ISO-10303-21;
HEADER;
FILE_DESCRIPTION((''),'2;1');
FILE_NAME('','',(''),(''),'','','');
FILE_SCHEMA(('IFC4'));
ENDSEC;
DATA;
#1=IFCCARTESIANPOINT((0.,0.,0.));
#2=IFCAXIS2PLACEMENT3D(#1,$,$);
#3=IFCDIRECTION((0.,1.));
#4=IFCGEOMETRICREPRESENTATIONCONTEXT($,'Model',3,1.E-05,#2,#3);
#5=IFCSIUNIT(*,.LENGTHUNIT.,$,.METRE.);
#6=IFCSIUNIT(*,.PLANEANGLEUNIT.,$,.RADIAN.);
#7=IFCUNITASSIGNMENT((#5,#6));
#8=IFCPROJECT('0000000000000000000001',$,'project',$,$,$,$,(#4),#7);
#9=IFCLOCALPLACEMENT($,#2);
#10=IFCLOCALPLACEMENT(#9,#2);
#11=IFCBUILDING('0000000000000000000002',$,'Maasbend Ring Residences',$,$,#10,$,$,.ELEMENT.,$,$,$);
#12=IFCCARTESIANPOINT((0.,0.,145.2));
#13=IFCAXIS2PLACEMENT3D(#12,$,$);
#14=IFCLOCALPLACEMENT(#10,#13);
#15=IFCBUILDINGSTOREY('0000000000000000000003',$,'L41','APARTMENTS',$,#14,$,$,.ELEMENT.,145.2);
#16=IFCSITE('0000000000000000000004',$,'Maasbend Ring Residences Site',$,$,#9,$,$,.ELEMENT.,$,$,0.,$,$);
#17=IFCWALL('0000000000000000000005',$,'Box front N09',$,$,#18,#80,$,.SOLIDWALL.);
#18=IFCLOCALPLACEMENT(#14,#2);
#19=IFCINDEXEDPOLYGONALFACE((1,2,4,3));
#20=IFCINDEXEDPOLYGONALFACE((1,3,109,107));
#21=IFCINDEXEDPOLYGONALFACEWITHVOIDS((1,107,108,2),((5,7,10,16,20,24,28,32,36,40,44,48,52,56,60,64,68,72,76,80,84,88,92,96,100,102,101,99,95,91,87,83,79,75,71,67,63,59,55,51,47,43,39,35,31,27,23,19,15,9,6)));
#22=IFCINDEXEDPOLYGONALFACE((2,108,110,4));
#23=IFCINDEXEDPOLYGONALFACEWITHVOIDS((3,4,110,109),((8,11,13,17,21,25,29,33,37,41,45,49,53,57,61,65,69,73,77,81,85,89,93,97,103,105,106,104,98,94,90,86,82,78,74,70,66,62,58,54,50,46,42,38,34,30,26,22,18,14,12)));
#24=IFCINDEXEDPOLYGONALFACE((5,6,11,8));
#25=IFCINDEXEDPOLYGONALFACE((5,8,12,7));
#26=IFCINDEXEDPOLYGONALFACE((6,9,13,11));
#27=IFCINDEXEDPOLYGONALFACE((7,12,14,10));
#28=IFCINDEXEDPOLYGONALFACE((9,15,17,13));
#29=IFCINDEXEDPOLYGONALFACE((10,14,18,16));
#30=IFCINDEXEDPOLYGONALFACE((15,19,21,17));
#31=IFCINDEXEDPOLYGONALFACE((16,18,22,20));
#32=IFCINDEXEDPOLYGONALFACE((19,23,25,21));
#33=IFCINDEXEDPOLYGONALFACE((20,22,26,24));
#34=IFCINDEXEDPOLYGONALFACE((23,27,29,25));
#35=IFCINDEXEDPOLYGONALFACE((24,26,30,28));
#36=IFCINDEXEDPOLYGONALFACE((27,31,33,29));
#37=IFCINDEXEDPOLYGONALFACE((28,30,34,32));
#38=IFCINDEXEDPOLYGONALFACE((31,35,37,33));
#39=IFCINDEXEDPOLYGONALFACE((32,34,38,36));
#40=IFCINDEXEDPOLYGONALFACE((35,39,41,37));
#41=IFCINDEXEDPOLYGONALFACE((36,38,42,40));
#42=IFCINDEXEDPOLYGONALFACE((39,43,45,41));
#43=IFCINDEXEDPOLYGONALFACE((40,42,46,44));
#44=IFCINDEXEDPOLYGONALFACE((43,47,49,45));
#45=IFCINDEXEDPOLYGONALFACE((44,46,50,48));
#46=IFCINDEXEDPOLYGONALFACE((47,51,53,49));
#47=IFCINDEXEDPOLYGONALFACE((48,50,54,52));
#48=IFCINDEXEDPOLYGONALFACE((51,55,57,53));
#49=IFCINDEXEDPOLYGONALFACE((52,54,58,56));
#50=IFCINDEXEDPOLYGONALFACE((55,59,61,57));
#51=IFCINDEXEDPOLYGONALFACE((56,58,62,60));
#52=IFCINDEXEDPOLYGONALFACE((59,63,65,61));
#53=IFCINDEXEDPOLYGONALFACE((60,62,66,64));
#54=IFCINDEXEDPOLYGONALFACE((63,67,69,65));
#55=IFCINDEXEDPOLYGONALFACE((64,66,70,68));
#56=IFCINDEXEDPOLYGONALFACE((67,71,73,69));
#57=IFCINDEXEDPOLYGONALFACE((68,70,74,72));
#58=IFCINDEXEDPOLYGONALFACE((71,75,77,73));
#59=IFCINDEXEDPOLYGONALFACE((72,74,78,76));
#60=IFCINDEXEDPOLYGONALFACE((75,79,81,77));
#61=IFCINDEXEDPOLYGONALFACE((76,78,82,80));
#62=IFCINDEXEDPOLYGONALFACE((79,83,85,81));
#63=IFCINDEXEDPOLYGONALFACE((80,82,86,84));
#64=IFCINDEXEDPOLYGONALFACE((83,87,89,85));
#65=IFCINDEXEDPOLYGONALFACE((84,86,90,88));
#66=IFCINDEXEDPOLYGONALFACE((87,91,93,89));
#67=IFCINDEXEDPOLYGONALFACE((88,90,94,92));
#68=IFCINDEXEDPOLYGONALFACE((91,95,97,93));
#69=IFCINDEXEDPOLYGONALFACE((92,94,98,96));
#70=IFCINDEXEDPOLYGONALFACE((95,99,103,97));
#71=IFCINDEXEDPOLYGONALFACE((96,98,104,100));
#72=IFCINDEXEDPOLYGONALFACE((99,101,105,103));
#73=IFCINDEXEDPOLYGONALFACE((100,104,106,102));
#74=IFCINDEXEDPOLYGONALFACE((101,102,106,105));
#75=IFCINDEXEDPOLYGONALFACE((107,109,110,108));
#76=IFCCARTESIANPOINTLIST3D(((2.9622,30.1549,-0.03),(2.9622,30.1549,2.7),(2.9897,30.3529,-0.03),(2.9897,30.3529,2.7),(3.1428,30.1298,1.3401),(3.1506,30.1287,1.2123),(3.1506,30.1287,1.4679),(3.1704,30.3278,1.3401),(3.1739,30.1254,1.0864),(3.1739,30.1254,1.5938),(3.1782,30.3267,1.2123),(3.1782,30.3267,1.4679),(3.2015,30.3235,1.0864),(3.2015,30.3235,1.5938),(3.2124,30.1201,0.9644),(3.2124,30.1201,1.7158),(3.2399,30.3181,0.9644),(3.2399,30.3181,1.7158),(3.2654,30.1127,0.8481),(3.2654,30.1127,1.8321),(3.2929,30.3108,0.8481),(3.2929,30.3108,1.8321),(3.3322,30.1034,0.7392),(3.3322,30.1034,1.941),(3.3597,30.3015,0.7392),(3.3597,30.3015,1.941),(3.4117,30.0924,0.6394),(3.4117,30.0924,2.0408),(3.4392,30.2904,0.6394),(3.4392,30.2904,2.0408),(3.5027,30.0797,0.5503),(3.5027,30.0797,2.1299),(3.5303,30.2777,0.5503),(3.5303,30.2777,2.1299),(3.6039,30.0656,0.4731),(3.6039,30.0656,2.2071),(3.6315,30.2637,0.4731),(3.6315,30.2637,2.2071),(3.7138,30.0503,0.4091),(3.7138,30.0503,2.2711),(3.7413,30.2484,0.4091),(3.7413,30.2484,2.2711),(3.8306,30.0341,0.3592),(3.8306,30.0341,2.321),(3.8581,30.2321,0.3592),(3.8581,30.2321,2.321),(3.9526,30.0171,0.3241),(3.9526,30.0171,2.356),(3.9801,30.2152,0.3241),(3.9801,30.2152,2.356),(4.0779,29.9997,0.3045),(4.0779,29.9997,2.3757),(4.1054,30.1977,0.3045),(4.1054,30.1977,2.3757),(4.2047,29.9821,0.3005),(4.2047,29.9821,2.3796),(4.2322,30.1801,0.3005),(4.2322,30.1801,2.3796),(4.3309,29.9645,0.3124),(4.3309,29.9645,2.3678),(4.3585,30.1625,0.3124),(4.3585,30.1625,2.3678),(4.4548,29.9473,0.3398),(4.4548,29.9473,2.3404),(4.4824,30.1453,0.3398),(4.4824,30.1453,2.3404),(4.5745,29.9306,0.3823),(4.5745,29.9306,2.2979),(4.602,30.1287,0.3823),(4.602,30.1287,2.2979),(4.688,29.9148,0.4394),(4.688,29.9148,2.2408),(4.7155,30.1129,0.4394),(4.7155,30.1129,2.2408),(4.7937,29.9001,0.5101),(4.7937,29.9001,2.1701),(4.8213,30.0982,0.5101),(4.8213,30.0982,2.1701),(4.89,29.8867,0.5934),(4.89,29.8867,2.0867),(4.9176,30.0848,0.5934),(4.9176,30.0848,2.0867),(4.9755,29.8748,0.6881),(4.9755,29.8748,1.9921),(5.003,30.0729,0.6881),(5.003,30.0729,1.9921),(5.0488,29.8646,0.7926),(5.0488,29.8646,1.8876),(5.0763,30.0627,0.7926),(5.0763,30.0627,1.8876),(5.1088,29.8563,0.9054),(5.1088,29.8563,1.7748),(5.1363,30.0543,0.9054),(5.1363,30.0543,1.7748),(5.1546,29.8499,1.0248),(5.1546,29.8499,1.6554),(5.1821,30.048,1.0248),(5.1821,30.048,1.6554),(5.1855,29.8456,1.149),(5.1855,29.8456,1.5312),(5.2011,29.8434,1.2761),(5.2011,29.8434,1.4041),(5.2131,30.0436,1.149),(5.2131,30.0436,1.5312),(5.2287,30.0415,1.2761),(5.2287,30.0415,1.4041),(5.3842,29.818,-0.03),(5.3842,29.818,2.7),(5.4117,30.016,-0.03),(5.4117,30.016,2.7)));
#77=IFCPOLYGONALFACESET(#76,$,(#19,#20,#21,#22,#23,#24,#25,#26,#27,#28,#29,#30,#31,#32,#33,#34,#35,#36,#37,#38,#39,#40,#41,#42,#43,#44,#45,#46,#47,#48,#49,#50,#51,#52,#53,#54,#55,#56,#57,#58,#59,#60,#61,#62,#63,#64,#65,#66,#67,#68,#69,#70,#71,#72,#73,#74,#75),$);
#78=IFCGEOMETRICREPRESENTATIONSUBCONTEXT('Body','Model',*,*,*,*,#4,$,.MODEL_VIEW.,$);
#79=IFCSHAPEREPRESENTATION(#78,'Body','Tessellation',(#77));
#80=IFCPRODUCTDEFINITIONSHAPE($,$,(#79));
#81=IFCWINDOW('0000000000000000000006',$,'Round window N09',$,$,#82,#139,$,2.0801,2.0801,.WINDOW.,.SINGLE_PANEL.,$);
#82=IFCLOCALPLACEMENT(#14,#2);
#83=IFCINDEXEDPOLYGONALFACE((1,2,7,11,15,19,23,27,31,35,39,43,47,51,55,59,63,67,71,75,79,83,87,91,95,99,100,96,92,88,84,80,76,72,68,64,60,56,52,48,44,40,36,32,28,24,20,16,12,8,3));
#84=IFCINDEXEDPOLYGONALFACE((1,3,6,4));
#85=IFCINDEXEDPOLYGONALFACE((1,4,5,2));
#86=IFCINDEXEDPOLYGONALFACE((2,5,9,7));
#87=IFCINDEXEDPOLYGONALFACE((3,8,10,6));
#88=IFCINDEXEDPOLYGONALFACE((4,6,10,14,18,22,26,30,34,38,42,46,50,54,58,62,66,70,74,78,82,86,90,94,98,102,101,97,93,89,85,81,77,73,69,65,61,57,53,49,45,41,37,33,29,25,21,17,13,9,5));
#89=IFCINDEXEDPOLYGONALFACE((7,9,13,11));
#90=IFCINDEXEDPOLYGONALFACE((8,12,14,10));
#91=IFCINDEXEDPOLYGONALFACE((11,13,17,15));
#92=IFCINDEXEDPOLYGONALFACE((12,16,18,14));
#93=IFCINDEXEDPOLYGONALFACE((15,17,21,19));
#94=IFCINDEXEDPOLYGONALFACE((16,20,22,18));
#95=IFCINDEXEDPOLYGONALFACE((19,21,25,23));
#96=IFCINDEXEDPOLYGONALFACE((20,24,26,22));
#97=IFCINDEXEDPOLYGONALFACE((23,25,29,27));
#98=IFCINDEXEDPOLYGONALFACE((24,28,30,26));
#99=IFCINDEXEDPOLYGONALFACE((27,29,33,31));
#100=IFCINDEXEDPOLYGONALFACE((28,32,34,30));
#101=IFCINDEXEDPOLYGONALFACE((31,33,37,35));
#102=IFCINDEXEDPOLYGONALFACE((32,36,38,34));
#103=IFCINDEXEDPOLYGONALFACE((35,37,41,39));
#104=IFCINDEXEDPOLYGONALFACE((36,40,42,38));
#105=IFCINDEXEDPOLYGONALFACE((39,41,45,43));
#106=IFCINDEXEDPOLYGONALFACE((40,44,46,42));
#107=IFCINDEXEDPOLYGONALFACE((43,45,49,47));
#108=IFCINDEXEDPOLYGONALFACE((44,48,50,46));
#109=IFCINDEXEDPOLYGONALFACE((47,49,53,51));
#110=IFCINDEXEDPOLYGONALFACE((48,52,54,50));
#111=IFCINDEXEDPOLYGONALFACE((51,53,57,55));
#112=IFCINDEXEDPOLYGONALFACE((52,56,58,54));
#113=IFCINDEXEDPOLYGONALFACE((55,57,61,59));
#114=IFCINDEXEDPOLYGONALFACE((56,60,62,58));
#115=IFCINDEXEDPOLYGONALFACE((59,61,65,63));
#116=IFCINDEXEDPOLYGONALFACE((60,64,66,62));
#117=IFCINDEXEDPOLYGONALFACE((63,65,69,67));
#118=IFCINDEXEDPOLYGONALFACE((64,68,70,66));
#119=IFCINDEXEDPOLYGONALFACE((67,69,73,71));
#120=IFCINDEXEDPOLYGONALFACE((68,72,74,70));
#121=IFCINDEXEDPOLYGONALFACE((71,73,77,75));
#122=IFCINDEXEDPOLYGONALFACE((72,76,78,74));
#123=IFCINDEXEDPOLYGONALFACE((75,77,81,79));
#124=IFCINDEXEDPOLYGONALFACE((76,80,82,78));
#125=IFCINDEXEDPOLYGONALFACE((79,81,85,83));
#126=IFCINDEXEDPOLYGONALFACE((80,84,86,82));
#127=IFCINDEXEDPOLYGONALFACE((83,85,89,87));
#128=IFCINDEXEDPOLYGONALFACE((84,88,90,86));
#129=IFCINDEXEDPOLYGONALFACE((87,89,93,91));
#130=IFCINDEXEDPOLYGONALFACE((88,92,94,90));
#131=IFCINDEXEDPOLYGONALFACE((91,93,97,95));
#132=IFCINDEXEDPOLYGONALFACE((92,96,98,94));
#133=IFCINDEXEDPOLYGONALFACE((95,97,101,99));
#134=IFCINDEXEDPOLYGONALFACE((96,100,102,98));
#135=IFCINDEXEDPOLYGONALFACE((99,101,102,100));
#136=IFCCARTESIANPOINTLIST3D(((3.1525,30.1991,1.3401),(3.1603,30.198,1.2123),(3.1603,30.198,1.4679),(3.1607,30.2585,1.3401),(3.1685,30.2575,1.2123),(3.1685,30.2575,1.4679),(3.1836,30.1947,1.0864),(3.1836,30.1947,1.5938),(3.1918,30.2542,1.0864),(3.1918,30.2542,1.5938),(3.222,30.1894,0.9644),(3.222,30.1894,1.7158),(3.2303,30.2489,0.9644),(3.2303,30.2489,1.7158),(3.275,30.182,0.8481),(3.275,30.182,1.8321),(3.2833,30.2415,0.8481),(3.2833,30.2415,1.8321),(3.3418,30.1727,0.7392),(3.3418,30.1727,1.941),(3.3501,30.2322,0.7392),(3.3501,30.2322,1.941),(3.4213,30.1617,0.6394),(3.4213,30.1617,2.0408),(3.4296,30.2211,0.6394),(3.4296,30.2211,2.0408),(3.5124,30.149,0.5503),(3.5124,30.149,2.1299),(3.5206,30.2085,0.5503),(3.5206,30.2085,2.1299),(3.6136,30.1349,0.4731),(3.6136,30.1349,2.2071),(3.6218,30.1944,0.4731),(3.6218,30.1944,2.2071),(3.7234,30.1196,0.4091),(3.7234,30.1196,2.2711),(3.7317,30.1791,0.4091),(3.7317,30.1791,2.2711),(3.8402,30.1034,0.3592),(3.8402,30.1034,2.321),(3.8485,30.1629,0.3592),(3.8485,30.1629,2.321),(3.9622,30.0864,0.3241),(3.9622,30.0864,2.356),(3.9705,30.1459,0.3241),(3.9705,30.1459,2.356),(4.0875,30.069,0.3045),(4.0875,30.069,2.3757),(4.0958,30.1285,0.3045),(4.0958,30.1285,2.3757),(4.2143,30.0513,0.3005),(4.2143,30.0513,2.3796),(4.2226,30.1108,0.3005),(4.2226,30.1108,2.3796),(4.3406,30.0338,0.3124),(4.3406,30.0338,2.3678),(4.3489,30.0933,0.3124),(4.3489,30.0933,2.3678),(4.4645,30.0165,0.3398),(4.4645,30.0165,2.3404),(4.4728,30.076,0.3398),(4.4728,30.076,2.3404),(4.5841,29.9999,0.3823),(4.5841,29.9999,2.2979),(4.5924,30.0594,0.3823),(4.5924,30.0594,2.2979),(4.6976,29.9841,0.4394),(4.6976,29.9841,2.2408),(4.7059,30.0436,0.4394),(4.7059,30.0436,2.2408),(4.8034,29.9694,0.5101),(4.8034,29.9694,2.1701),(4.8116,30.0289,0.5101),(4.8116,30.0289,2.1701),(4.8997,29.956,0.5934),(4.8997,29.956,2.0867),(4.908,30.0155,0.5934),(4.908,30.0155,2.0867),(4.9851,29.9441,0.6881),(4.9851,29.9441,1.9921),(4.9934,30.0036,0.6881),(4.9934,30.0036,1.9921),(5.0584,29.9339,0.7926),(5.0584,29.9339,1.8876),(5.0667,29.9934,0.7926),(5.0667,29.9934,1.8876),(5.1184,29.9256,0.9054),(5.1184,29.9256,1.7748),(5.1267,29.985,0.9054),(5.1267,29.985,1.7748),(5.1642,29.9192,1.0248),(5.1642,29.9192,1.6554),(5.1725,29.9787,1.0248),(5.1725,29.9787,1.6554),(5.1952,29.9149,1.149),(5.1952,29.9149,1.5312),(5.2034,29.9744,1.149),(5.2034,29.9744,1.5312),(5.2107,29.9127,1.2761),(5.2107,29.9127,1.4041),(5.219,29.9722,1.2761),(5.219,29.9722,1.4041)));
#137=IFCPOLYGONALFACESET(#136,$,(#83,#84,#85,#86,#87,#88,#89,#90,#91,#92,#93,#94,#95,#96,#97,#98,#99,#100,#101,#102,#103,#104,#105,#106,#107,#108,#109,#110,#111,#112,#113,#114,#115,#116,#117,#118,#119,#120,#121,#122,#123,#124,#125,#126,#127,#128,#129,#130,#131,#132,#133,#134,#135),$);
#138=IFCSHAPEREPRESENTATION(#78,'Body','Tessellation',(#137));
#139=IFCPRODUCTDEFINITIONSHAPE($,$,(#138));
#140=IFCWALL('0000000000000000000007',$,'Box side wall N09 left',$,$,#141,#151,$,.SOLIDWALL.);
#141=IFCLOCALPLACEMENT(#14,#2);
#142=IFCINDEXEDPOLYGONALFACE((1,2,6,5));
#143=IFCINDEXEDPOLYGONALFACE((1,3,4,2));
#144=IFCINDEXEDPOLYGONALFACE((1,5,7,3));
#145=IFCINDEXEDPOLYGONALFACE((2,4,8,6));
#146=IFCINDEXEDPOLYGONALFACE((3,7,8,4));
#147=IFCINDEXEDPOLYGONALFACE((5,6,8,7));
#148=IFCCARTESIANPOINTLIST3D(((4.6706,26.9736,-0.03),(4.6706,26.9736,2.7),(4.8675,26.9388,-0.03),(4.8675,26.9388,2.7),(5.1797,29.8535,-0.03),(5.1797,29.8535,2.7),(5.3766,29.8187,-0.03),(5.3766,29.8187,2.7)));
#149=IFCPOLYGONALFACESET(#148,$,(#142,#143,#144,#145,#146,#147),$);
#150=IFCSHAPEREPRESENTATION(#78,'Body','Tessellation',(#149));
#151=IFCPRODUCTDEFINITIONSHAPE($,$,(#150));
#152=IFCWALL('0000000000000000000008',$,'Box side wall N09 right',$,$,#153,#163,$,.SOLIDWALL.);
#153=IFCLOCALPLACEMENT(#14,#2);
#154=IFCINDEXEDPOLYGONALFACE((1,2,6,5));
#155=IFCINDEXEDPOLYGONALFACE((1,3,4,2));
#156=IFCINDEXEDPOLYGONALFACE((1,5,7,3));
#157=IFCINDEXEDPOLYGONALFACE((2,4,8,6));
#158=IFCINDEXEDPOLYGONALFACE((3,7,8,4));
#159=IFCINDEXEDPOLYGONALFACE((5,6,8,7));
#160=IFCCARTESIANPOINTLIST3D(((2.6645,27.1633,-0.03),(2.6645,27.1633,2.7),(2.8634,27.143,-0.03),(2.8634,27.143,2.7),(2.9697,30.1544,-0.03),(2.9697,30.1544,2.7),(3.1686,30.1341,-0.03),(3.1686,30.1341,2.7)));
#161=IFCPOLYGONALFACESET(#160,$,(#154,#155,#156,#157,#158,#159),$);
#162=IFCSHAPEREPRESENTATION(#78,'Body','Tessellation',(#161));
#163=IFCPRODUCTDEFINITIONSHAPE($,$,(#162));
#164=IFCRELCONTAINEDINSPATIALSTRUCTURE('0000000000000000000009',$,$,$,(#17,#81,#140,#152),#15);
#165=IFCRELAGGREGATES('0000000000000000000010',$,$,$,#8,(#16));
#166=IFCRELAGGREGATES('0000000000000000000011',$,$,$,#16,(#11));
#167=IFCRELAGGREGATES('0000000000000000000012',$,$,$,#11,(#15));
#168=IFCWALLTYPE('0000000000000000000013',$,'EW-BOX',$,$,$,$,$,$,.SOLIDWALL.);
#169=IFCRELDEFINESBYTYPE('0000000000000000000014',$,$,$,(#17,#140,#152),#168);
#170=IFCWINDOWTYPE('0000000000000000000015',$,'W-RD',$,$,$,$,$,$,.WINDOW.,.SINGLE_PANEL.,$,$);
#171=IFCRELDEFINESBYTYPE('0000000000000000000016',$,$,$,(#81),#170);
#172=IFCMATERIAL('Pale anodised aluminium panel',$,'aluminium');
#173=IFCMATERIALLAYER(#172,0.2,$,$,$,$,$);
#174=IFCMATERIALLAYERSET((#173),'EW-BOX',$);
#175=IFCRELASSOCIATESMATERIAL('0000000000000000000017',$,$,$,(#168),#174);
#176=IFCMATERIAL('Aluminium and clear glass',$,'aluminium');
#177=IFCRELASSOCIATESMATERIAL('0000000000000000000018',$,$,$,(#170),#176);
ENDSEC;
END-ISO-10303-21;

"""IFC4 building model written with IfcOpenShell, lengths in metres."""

from ifc_helpers import new_model, si_unit, direction, frame, frame_2d, origin, place, context, subcontext, project, spatial, rectangle, circle, extrude, material, layer, layer_set, type_object, element, fill, save


model = new_model("IFC4")

# Units and contexts
model_context = context("Model", 3, precision=1e-05, world=origin(), true_north=direction((0.0, 1.0)))
body_context = subcontext(model_context, "Body", "Model", "MODEL_VIEW")
ifc_project = project(units=[si_unit("LENGTHUNIT", "METRE"), si_unit("PLANEANGLEUNIT", "RADIAN")], contexts=[model_context])

# Site, building, storey
site_placement = place(None, origin())
site = spatial("IfcSite", under=ifc_project, at=site_placement, Name="Maasbend Ring Residences Site", CompositionType="ELEMENT", RefElevation=0.0)
building_placement = place(site_placement, origin())
building = spatial("IfcBuilding", under=site, at=building_placement, Name="Maasbend Ring Residences", CompositionType="ELEMENT")
storey_placement = place(building_placement, frame((0.0, 0.0, 145.2)))
storey = spatial("IfcBuildingStorey", under=building, at=storey_placement, Name="L41", Description="APARTMENTS", CompositionType="ELEMENT", Elevation=145.2)

# Shared definitions
ifc_material_1 = material(Name="Pale anodised aluminium panel", Category="aluminium")
ifc_layer_1 = layer(ifc_material_1, 0.2)
ifc_layer_set_1 = layer_set([ifc_layer_1], Name="EW-BOX")
wall_type_1 = type_object("IfcWallType", Name="EW-BOX", PredefinedType="SOLIDWALL", material=ifc_layer_set_1)

# Wall, opening, window
wall_1_placement = place(storey_placement, frame((5.3979, 29.917, -0.03), z_axis=(0.0, 0.0, 1.0), x_axis=(-0.990462, 0.137786, 0.0)))
wall_1 = element("IfcWall", 1, at=wall_1_placement, inside=storey, type_object=wall_type_1, Name="Box front N09", PredefinedType="SOLIDWALL", context=body_context, shape_type="SweptSolid", body=[
    extrude(rectangle(XDim=2.4453, YDim=0.2, at=frame_2d((1.2227, 0.0))), origin(), (0.0, 0.0, 1.0), 2.73),
])
opening_1_placement = place(wall_1_placement, frame((0.1829, 0.0, 0.3301)))
opening_1 = element("IfcOpeningElement", 2, at=opening_1_placement, cuts=wall_1, PredefinedType="OPENING", context=body_context, shape_type="SweptSolid", body=[
    extrude(circle(Radius=1.04, at=frame_2d((1.04, 1.04))), frame((0.0, 0.1099, 0.0), z_axis=(0.0, -1.0, 0.0), x_axis=(1.0, 0.0, 0.0)), (0.0, 0.0, 1.0), 0.22),
])
ifc_material_2 = material(Name="Aluminium and clear glass", Category="aluminium")
window_type_1 = type_object("IfcWindowType", Name="W-RD", PartitioningType="SINGLE_PANEL", PredefinedType="WINDOW", material=ifc_material_2)
window_1_placement = place(opening_1_placement, origin())
window_1 = element("IfcWindow", 3, at=window_1_placement, inside=storey, type_object=window_type_1, Name="Round window N09", OverallHeight=2.0801, OverallWidth=2.0801, PartitioningType="SINGLE_PANEL", PredefinedType="WINDOW", context=body_context, shape_type="SweptSolid", body=[
    extrude(circle(Radius=1.04, at=frame_2d((1.04, 1.04))), frame((0.0, 0.03, 0.0), z_axis=(0.0, -1.0, 0.0), x_axis=(1.0, 0.0, 0.0)), (0.0, 0.0, 1.0), 0.0601),
])
fill(opening_1, window_1)

# Walls
wall_2_placement = place(storey_placement, frame((4.769, 26.9561, -0.03), z_axis=(0.0, 0.0, 1.0), x_axis=(0.174057, 0.984736, 0.0)))
element("IfcWall", 4, at=wall_2_placement, inside=storey, type_object=wall_type_1, Name="Box side wall N09 left", PredefinedType="SOLIDWALL", context=body_context, shape_type="SweptSolid", body=[
    extrude(rectangle(XDim=2.9246, YDim=0.2, at=frame_2d((1.4624, 0.0))), origin(), (0.0, 0.0, 1.0), 2.73),
])
wall_3_placement = place(storey_placement, frame((2.7639, 27.1531, -0.03), z_axis=(0.0, 0.0, 1.0), x_axis=(0.101505, 0.994835, 0.0)))
element("IfcWall", 5, at=wall_3_placement, inside=storey, type_object=wall_type_1, Name="Box side wall N09 right", PredefinedType="SOLIDWALL", context=body_context, shape_type="SweptSolid", body=[
    extrude(rectangle(XDim=3.0066, YDim=0.2, at=frame_2d((1.5034, 0.0))), origin(), (0.0, 0.0, 1.0), 2.73),
])

save(model, "model.ifc")
